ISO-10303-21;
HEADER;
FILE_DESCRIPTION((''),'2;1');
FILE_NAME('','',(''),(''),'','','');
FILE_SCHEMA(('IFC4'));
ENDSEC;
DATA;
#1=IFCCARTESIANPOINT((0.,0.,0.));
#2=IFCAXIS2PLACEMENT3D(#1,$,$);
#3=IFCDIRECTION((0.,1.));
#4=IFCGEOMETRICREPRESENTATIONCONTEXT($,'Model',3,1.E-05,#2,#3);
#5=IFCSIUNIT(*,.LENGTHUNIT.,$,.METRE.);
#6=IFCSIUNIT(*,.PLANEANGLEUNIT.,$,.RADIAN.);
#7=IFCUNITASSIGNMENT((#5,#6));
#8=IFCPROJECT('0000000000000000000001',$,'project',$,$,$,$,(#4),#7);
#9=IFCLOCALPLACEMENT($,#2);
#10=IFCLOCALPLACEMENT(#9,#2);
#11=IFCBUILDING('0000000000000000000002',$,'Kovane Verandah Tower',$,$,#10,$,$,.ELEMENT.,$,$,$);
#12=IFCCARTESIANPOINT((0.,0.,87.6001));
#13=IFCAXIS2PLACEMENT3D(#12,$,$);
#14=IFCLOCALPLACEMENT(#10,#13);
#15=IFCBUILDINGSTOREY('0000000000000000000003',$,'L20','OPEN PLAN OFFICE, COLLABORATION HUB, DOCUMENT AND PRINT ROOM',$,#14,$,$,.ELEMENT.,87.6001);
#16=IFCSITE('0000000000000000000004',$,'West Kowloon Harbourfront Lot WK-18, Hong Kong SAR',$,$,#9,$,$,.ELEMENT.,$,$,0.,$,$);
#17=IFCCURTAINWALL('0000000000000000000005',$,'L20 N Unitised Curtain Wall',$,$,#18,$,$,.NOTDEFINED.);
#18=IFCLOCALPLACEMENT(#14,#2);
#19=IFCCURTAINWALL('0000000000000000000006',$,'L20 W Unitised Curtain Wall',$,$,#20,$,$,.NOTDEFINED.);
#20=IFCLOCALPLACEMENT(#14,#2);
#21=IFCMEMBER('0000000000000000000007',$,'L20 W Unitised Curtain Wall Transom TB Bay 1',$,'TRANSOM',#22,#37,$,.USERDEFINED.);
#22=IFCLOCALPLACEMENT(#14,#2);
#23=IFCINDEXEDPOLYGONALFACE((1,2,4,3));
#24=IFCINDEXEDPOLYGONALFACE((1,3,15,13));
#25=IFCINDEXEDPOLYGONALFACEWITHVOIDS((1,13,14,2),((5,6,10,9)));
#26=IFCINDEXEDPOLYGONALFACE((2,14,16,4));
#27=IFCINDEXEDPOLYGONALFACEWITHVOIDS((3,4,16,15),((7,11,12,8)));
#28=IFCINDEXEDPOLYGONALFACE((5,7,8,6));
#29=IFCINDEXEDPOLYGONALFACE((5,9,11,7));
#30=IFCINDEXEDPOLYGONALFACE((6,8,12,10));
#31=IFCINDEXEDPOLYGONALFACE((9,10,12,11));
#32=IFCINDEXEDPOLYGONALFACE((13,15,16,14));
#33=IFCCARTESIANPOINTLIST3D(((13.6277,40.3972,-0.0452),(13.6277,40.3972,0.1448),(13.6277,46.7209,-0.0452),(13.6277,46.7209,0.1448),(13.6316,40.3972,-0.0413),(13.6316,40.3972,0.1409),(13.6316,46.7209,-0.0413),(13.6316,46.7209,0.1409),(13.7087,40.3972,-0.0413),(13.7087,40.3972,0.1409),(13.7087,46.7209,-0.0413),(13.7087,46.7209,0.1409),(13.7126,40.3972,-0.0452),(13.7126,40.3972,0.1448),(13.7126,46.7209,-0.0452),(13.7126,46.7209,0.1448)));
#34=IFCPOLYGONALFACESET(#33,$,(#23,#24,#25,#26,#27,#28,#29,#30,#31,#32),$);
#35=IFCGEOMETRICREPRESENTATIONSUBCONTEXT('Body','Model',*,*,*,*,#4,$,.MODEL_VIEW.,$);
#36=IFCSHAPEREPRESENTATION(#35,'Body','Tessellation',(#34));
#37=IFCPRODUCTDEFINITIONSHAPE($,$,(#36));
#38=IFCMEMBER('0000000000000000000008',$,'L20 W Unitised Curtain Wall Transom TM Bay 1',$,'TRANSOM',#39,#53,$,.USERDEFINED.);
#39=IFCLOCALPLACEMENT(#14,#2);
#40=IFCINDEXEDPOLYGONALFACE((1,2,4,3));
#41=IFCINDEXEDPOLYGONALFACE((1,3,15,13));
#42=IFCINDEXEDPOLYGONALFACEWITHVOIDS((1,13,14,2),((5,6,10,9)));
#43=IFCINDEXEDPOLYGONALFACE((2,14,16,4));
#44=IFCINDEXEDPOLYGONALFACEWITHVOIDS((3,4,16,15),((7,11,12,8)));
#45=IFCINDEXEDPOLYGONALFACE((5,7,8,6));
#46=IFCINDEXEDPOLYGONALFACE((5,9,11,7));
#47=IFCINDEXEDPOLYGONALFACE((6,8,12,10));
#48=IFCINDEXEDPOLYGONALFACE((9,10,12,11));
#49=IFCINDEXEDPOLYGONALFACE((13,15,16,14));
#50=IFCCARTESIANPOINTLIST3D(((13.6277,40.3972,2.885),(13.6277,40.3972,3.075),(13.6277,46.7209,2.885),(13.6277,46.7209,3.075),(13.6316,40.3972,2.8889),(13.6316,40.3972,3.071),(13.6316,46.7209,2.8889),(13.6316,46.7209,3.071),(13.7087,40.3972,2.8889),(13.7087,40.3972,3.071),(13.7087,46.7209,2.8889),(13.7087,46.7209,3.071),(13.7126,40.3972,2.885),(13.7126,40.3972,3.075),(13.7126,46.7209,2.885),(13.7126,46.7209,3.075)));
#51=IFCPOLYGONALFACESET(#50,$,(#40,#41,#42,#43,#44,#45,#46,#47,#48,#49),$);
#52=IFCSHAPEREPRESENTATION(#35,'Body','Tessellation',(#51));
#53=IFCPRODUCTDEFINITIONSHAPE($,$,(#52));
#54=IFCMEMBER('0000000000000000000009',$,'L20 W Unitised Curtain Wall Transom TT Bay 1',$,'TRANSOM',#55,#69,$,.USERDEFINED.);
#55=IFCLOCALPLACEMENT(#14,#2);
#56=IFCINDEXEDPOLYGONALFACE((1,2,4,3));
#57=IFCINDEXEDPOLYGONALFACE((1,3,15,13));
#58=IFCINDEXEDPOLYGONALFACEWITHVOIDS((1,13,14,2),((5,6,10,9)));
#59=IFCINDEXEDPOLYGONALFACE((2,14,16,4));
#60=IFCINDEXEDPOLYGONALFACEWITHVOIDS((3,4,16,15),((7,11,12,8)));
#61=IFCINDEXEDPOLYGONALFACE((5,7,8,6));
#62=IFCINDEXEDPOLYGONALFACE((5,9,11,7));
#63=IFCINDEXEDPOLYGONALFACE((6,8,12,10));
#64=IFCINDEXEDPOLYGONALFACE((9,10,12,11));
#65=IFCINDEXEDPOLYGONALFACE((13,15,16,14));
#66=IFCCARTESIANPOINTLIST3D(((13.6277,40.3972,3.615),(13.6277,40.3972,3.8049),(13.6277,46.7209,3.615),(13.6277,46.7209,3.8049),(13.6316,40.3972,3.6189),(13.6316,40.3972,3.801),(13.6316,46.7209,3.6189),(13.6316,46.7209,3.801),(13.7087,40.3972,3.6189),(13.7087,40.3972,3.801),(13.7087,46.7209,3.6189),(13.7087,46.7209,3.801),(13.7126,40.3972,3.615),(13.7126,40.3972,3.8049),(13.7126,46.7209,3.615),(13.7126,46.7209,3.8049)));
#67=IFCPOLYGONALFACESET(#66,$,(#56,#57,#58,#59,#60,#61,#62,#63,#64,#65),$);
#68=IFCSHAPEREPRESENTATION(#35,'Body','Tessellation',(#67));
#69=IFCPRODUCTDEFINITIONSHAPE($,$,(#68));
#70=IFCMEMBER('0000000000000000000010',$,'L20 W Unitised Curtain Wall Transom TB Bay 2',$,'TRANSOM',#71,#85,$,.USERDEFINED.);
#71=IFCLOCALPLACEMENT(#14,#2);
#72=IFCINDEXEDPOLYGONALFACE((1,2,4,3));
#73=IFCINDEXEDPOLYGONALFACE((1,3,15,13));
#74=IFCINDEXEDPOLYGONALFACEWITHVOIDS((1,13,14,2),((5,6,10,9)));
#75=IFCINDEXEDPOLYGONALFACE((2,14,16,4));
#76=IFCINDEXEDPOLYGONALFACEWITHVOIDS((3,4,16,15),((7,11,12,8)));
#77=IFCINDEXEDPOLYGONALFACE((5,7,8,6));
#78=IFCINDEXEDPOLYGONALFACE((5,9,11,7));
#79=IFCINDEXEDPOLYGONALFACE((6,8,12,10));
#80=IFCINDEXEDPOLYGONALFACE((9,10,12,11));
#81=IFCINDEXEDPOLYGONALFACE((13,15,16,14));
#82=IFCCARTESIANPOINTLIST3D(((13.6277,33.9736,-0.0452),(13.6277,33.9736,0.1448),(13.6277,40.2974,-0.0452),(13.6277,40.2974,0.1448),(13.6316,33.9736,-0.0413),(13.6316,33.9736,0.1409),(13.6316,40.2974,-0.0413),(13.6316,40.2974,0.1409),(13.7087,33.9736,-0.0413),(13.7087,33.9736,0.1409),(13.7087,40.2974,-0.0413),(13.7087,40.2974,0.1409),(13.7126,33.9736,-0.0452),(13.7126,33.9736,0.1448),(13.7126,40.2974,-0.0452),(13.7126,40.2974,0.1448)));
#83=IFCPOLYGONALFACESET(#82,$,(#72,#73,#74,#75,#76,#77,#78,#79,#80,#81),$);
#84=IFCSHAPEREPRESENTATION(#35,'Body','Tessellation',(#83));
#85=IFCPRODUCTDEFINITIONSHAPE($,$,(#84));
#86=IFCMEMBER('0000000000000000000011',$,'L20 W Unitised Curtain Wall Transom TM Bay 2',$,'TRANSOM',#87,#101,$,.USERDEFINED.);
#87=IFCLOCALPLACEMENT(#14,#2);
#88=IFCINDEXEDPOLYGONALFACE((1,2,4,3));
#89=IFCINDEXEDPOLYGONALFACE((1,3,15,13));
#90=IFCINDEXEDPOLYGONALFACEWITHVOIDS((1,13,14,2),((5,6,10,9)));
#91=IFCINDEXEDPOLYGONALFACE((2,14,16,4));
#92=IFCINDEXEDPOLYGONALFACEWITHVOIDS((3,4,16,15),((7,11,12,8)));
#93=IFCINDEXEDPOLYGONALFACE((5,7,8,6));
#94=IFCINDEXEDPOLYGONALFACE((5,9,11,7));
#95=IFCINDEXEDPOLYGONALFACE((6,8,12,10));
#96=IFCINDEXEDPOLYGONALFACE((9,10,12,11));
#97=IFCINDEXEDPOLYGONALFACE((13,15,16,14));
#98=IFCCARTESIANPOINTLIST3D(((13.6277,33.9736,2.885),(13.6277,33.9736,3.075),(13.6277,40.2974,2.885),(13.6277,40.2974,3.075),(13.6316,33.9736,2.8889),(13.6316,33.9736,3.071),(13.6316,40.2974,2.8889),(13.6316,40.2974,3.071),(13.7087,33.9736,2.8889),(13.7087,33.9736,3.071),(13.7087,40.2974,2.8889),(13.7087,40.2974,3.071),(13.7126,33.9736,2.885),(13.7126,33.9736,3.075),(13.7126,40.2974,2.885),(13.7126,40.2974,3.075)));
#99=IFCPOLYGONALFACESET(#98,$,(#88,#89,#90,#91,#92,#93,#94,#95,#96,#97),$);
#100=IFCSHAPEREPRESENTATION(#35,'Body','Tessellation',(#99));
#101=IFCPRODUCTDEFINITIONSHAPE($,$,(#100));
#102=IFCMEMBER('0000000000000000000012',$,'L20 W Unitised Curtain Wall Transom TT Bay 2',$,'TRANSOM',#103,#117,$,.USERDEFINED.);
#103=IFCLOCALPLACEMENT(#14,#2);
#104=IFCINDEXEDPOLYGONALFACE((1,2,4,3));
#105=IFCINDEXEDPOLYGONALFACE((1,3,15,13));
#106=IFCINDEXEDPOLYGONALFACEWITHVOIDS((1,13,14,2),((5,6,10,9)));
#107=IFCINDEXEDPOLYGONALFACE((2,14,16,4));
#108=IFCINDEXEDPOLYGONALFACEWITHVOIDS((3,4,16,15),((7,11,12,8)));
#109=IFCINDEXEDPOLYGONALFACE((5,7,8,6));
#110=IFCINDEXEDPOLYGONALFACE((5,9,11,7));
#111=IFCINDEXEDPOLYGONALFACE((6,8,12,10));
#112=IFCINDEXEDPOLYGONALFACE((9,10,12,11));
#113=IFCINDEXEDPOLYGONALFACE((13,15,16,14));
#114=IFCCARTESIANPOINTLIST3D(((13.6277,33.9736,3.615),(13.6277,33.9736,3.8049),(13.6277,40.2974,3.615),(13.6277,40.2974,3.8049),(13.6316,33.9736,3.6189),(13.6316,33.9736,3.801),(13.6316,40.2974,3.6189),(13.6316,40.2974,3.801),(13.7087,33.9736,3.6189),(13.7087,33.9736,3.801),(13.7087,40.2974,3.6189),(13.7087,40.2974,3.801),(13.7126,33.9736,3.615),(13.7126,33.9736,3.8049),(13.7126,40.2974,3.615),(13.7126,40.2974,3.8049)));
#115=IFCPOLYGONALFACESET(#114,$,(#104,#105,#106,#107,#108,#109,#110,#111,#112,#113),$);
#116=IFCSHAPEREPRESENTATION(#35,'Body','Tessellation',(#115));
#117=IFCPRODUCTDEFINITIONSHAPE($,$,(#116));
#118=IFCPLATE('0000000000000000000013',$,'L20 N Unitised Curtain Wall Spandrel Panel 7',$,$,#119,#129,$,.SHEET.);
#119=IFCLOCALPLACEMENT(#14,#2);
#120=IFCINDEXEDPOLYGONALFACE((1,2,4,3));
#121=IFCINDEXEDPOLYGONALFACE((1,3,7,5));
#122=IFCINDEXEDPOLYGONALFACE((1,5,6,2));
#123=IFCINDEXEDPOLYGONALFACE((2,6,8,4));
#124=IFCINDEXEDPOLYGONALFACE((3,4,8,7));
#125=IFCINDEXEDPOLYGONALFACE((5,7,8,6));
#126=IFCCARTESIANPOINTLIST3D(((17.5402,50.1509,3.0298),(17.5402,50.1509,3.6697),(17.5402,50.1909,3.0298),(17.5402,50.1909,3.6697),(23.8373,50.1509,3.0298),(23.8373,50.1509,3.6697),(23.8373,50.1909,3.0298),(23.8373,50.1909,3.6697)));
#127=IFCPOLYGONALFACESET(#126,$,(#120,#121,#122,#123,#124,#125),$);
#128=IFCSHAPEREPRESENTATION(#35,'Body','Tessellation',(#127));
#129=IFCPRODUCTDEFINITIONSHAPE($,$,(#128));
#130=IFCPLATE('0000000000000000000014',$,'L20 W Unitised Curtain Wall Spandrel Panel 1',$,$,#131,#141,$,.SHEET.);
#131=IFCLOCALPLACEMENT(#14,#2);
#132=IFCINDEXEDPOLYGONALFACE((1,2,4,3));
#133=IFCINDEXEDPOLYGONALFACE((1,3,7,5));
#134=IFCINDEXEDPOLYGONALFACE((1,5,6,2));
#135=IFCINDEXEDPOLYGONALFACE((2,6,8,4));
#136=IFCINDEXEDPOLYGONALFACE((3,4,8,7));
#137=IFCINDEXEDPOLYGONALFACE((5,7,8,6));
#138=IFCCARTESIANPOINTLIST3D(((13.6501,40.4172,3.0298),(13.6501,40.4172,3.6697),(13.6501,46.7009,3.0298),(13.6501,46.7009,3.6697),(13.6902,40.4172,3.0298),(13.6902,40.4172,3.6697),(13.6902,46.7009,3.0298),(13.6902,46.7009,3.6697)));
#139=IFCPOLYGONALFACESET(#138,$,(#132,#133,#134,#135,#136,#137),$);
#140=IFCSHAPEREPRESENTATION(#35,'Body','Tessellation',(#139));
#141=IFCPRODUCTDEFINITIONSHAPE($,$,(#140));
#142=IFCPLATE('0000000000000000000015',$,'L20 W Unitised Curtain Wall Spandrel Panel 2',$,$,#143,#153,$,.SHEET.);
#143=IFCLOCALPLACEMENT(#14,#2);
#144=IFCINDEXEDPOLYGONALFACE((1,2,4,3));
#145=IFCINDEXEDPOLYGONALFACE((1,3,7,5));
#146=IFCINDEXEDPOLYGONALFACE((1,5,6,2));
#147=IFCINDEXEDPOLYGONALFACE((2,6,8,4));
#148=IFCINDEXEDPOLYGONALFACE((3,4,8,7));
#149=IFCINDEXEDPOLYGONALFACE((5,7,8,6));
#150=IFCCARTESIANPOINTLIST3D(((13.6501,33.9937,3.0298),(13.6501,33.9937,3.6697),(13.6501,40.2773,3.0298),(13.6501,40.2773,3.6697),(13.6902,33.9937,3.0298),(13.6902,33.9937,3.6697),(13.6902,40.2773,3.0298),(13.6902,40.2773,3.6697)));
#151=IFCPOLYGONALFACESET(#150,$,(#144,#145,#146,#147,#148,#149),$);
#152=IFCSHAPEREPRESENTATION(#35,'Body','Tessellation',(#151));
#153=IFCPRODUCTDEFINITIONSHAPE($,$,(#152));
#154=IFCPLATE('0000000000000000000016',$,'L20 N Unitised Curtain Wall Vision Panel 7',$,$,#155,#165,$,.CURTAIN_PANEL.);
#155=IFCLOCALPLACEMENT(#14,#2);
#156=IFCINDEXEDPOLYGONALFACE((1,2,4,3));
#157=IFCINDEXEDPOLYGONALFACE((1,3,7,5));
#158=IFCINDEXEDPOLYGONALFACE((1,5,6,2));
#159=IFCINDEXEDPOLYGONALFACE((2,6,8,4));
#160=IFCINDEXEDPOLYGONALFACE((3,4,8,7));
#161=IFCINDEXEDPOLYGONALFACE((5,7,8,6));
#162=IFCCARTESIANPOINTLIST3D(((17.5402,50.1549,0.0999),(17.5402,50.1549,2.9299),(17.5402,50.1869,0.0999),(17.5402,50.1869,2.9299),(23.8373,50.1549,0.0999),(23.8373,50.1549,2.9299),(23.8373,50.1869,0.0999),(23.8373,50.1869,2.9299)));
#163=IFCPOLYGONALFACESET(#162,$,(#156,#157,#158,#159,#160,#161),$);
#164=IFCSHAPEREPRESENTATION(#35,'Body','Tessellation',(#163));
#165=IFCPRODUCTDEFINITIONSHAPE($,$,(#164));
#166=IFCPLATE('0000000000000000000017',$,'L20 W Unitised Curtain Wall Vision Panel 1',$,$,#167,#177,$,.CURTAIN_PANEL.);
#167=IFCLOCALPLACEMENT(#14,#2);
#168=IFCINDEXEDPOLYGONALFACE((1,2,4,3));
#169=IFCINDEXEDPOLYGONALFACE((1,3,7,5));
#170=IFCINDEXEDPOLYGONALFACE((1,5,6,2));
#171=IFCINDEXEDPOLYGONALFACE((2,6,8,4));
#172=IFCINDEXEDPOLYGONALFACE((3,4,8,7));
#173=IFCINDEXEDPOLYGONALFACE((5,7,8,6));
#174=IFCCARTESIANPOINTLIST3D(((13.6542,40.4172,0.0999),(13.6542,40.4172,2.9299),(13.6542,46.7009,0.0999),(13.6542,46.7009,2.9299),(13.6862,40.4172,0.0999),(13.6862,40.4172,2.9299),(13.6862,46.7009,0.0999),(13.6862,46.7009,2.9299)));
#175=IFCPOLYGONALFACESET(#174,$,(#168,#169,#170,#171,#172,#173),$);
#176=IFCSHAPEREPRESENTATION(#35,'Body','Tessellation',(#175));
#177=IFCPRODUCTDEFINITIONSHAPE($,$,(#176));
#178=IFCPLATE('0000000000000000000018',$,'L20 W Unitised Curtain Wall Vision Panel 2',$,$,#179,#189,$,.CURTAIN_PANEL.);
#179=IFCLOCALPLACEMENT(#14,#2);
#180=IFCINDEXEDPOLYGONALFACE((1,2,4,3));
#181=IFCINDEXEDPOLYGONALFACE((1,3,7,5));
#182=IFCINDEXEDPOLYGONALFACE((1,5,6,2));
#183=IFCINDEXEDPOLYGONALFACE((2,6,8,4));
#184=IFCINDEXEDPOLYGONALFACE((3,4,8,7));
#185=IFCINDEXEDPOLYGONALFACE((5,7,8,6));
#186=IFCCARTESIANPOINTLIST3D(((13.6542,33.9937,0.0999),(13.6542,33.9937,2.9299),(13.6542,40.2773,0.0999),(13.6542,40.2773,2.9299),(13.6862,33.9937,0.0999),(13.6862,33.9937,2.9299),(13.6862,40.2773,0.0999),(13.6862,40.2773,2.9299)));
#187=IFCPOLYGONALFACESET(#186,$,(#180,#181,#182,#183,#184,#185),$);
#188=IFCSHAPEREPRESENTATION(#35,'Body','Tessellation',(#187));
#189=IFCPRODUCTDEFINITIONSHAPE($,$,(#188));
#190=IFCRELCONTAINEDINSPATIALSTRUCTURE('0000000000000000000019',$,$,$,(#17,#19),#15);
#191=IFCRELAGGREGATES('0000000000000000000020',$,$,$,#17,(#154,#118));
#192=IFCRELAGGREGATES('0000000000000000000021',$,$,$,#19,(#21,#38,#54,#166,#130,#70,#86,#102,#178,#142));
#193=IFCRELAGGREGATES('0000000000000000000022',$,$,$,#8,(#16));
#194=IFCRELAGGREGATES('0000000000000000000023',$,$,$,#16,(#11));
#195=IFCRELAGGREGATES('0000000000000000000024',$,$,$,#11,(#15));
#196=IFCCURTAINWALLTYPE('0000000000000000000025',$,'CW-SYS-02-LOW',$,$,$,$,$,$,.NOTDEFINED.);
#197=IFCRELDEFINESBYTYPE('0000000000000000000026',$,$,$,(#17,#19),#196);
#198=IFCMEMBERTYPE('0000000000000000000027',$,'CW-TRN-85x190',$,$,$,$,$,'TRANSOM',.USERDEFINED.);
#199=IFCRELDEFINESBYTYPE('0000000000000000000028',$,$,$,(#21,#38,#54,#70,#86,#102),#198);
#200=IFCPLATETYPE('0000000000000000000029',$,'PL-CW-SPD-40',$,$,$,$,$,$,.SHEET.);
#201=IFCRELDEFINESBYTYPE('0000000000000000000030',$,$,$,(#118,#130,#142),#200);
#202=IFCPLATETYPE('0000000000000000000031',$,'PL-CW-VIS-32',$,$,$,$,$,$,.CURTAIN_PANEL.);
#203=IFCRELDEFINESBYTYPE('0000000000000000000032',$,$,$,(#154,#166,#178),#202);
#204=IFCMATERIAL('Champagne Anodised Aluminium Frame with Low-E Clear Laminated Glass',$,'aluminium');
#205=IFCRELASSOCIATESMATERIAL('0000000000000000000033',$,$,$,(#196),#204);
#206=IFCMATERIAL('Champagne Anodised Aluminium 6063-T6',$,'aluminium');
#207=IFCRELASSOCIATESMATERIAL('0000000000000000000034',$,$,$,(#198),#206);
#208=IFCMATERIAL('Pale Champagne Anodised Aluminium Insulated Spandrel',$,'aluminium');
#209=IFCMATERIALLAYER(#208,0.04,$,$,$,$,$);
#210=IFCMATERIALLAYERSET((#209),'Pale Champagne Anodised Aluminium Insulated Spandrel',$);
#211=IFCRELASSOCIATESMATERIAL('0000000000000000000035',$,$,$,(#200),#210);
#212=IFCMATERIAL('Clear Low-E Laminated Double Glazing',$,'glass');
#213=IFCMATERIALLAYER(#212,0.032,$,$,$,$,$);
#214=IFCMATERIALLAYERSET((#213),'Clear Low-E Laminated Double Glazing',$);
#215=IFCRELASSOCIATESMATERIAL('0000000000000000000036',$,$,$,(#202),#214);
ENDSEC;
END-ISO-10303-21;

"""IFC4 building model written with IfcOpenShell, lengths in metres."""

from ifc_helpers import new_model, si_unit, direction, frame, origin, origin_2d, place, context, subcontext, project, spatial, rectangle, hollow_rectangle, extrude, material, layer, layer_set, material_profile, profile_set, type_object, element, aggregate, save


model = new_model("IFC4")

# Units and contexts
model_context = context("Model", 3, precision=1e-05, world=origin(), true_north=direction((0.0, 1.0)))
body_context = subcontext(model_context, "Body", "Model", "MODEL_VIEW")
ifc_project = project(units=[si_unit("LENGTHUNIT", "METRE"), si_unit("PLANEANGLEUNIT", "RADIAN")], contexts=[model_context])

# Site, building, storey
site_placement = place(None, origin())
site = spatial("IfcSite", under=ifc_project, at=site_placement, Name="West Kowloon Harbourfront Lot WK-18, Hong Kong SAR", CompositionType="ELEMENT", RefElevation=0.0)
building_placement = place(site_placement, origin())
building = spatial("IfcBuilding", under=site, at=building_placement, Name="Kovane Verandah Tower", CompositionType="ELEMENT")
storey_placement = place(building_placement, frame((0.0, 0.0, 87.6001)))
storey = spatial("IfcBuildingStorey", under=building, at=storey_placement, Name="L20", Description="OPEN PLAN OFFICE, COLLABORATION HUB, DOCUMENT AND PRINT ROOM", CompositionType="ELEMENT", Elevation=87.6001)

# Curtain wall
ifc_material_1 = material(Name="Champagne Anodised Aluminium Frame with Low-E Clear Laminated Glass", Category="aluminium")
curtain_wall_type = type_object("IfcCurtainWallType", Name="CW-SYS-02-LOW", PredefinedType="NOTDEFINED", material=ifc_material_1)
curtain_wall_1_placement = place(storey_placement, origin())
curtain_wall_1 = element("IfcCurtainWall", 1, at=curtain_wall_1_placement, inside=storey, type_object=curtain_wall_type, Name="L20 N Unitised Curtain Wall", PredefinedType="NOTDEFINED")
ifc_material_2 = material(Name="Champagne Anodised Aluminium 6063-T6", Category="aluminium")

# Curtain wall
curtain_wall_2_placement = place(storey_placement, origin())
curtain_wall_2 = element("IfcCurtainWall", 2, at=curtain_wall_2_placement, inside=storey, type_object=curtain_wall_type, Name="L20 W Unitised Curtain Wall", PredefinedType="NOTDEFINED")

# Members
ifc_material_profile_1 = material_profile(ifc_material_2, hollow_rectangle(XDim=0.085, YDim=0.1899, WallThickness=0.0039, at=origin_2d()), Name="AL85x190x4")
ifc_profile_set_1 = profile_set([ifc_material_profile_1], Name="Champagne Anodised Aluminium 6063-T6")
member_type_1 = type_object("IfcMemberType", Name="CW-TRN-85x190", ElementType="TRANSOM", PredefinedType="USERDEFINED", material=ifc_profile_set_1)
member_1_placement = place(storey_placement, frame((13.6702, 46.7209, 0.0498), z_axis=(0.0, -1.0, 0.0), x_axis=(1.0, 0.0, 0.0)))
member_1 = element("IfcMember", 3, at=member_1_placement, type_object=member_type_1, Name="L20 W Unitised Curtain Wall Transom TB Bay 1", ObjectType="TRANSOM", PredefinedType="USERDEFINED", context=body_context, shape_type="SweptSolid", body=[
    extrude(hollow_rectangle(XDim=0.085, YDim=0.1899, WallThickness=0.0039, at=origin_2d()), origin(), (0.0, 0.0, 1.0), 6.3237),
])
member_2_placement = place(storey_placement, frame((13.6702, 46.7209, 2.98), z_axis=(0.0, -1.0, 0.0), x_axis=(1.0, 0.0, 0.0)))
member_2 = element("IfcMember", 4, at=member_2_placement, type_object=member_type_1, Name="L20 W Unitised Curtain Wall Transom TM Bay 1", ObjectType="TRANSOM", PredefinedType="USERDEFINED", context=body_context, shape_type="SweptSolid", body=[
    extrude(hollow_rectangle(XDim=0.085, YDim=0.1899, WallThickness=0.0039, at=origin_2d()), origin(), (0.0, 0.0, 1.0), 6.3237),
])
member_3_placement = place(storey_placement, frame((13.6702, 46.7209, 3.71), z_axis=(0.0, -1.0, 0.0), x_axis=(1.0, 0.0, 0.0)))
member_3 = element("IfcMember", 5, at=member_3_placement, type_object=member_type_1, Name="L20 W Unitised Curtain Wall Transom TT Bay 1", ObjectType="TRANSOM", PredefinedType="USERDEFINED", context=body_context, shape_type="SweptSolid", body=[
    extrude(hollow_rectangle(XDim=0.085, YDim=0.1899, WallThickness=0.0039, at=origin_2d()), origin(), (0.0, 0.0, 1.0), 6.3237),
])
member_4_placement = place(storey_placement, frame((13.6702, 40.2974, 0.0498), z_axis=(0.0, -1.0, 0.0), x_axis=(1.0, 0.0, 0.0)))
member_4 = element("IfcMember", 6, at=member_4_placement, type_object=member_type_1, Name="L20 W Unitised Curtain Wall Transom TB Bay 2", ObjectType="TRANSOM", PredefinedType="USERDEFINED", context=body_context, shape_type="SweptSolid", body=[
    extrude(hollow_rectangle(XDim=0.085, YDim=0.1899, WallThickness=0.0039, at=origin_2d()), origin(), (0.0, 0.0, 1.0), 6.3237),
])
member_5_placement = place(storey_placement, frame((13.6702, 40.2974, 2.98), z_axis=(0.0, -1.0, 0.0), x_axis=(1.0, 0.0, 0.0)))
member_5 = element("IfcMember", 7, at=member_5_placement, type_object=member_type_1, Name="L20 W Unitised Curtain Wall Transom TM Bay 2", ObjectType="TRANSOM", PredefinedType="USERDEFINED", context=body_context, shape_type="SweptSolid", body=[
    extrude(hollow_rectangle(XDim=0.085, YDim=0.1899, WallThickness=0.0039, at=origin_2d()), origin(), (0.0, 0.0, 1.0), 6.3237),
])
member_6_placement = place(storey_placement, frame((13.6702, 40.2974, 3.71), z_axis=(0.0, -1.0, 0.0), x_axis=(1.0, 0.0, 0.0)))
member_6 = element("IfcMember", 8, at=member_6_placement, type_object=member_type_1, Name="L20 W Unitised Curtain Wall Transom TT Bay 2", ObjectType="TRANSOM", PredefinedType="USERDEFINED", context=body_context, shape_type="SweptSolid", body=[
    extrude(hollow_rectangle(XDim=0.085, YDim=0.1899, WallThickness=0.0039, at=origin_2d()), origin(), (0.0, 0.0, 1.0), 6.3237),
])

# Plates
ifc_material_3 = material(Name="Pale Champagne Anodised Aluminium Insulated Spandrel", Category="aluminium")
ifc_layer_1 = layer(ifc_material_3, 0.04)
ifc_layer_set_1 = layer_set([ifc_layer_1], Name="Pale Champagne Anodised Aluminium Insulated Spandrel")
plate_type_1 = type_object("IfcPlateType", Name="PL-CW-SPD-40", PredefinedType="SHEET", material=ifc_layer_set_1)
plate_1_placement = place(storey_placement, frame((20.6887, 50.1709, 3.0298), z_axis=(0.0, 0.0, 1.0), x_axis=(-1.0, 0.0, 0.0)))
plate_1 = element("IfcPlate", 9, at=plate_1_placement, type_object=plate_type_1, Name="L20 N Unitised Curtain Wall Spandrel Panel 7", PredefinedType="SHEET", context=body_context, shape_type="SweptSolid", body=[
    extrude(rectangle(XDim=6.2971, YDim=0.04, at=origin_2d()), origin(), (0.0, 0.0, 1.0), 0.6399),
])
plate_2_placement = place(storey_placement, frame((13.6702, 43.5591, 3.0298), z_axis=(0.0, 0.0, 1.0), x_axis=(0.0, -1.0, 0.0)))
plate_2 = element("IfcPlate", 10, at=plate_2_placement, type_object=plate_type_1, Name="L20 W Unitised Curtain Wall Spandrel Panel 1", PredefinedType="SHEET", context=body_context, shape_type="SweptSolid", body=[
    extrude(rectangle(XDim=6.2837, YDim=0.04, at=origin_2d()), origin(), (0.0, 0.0, 1.0), 0.6399),
])
plate_3_placement = place(storey_placement, frame((13.6702, 37.1355, 3.0298), z_axis=(0.0, 0.0, 1.0), x_axis=(0.0, -1.0, 0.0)))
plate_3 = element("IfcPlate", 11, at=plate_3_placement, type_object=plate_type_1, Name="L20 W Unitised Curtain Wall Spandrel Panel 2", PredefinedType="SHEET", context=body_context, shape_type="SweptSolid", body=[
    extrude(rectangle(XDim=6.2837, YDim=0.04, at=origin_2d()), origin(), (0.0, 0.0, 1.0), 0.6399),
])
ifc_material_4 = material(Name="Clear Low-E Laminated Double Glazing", Category="glass")
ifc_layer_2 = layer(ifc_material_4, 0.032)
ifc_layer_set_2 = layer_set([ifc_layer_2], Name="Clear Low-E Laminated Double Glazing")
plate_type_2 = type_object("IfcPlateType", Name="PL-CW-VIS-32", PredefinedType="CURTAIN_PANEL", material=ifc_layer_set_2)
plate_4_placement = place(storey_placement, frame((20.6887, 50.1709, 0.0999), z_axis=(0.0, 0.0, 1.0), x_axis=(-1.0, 0.0, 0.0)))
plate_4 = element("IfcPlate", 12, at=plate_4_placement, type_object=plate_type_2, Name="L20 N Unitised Curtain Wall Vision Panel 7", PredefinedType="CURTAIN_PANEL", context=body_context, shape_type="SweptSolid", body=[
    extrude(rectangle(XDim=6.2971, YDim=0.032, at=origin_2d()), origin(), (0.0, 0.0, 1.0), 2.8301),
])
aggregate(curtain_wall_1, [plate_4, plate_1])
plate_5_placement = place(storey_placement, frame((13.6702, 43.5591, 0.0999), z_axis=(0.0, 0.0, 1.0), x_axis=(0.0, -1.0, 0.0)))
plate_5 = element("IfcPlate", 13, at=plate_5_placement, type_object=plate_type_2, Name="L20 W Unitised Curtain Wall Vision Panel 1", PredefinedType="CURTAIN_PANEL", context=body_context, shape_type="SweptSolid", body=[
    extrude(rectangle(XDim=6.2837, YDim=0.032, at=origin_2d()), origin(), (0.0, 0.0, 1.0), 2.8301),
])
plate_6_placement = place(storey_placement, frame((13.6702, 37.1355, 0.0999), z_axis=(0.0, 0.0, 1.0), x_axis=(0.0, -1.0, 0.0)))
plate_6 = element("IfcPlate", 14, at=plate_6_placement, type_object=plate_type_2, Name="L20 W Unitised Curtain Wall Vision Panel 2", PredefinedType="CURTAIN_PANEL", context=body_context, shape_type="SweptSolid", body=[
    extrude(rectangle(XDim=6.2837, YDim=0.032, at=origin_2d()), origin(), (0.0, 0.0, 1.0), 2.8301),
])
aggregate(curtain_wall_2, [member_1, member_2, member_3, plate_5, plate_2, member_4, member_5, member_6, plate_6, plate_3])

save(model, "model.ifc")
